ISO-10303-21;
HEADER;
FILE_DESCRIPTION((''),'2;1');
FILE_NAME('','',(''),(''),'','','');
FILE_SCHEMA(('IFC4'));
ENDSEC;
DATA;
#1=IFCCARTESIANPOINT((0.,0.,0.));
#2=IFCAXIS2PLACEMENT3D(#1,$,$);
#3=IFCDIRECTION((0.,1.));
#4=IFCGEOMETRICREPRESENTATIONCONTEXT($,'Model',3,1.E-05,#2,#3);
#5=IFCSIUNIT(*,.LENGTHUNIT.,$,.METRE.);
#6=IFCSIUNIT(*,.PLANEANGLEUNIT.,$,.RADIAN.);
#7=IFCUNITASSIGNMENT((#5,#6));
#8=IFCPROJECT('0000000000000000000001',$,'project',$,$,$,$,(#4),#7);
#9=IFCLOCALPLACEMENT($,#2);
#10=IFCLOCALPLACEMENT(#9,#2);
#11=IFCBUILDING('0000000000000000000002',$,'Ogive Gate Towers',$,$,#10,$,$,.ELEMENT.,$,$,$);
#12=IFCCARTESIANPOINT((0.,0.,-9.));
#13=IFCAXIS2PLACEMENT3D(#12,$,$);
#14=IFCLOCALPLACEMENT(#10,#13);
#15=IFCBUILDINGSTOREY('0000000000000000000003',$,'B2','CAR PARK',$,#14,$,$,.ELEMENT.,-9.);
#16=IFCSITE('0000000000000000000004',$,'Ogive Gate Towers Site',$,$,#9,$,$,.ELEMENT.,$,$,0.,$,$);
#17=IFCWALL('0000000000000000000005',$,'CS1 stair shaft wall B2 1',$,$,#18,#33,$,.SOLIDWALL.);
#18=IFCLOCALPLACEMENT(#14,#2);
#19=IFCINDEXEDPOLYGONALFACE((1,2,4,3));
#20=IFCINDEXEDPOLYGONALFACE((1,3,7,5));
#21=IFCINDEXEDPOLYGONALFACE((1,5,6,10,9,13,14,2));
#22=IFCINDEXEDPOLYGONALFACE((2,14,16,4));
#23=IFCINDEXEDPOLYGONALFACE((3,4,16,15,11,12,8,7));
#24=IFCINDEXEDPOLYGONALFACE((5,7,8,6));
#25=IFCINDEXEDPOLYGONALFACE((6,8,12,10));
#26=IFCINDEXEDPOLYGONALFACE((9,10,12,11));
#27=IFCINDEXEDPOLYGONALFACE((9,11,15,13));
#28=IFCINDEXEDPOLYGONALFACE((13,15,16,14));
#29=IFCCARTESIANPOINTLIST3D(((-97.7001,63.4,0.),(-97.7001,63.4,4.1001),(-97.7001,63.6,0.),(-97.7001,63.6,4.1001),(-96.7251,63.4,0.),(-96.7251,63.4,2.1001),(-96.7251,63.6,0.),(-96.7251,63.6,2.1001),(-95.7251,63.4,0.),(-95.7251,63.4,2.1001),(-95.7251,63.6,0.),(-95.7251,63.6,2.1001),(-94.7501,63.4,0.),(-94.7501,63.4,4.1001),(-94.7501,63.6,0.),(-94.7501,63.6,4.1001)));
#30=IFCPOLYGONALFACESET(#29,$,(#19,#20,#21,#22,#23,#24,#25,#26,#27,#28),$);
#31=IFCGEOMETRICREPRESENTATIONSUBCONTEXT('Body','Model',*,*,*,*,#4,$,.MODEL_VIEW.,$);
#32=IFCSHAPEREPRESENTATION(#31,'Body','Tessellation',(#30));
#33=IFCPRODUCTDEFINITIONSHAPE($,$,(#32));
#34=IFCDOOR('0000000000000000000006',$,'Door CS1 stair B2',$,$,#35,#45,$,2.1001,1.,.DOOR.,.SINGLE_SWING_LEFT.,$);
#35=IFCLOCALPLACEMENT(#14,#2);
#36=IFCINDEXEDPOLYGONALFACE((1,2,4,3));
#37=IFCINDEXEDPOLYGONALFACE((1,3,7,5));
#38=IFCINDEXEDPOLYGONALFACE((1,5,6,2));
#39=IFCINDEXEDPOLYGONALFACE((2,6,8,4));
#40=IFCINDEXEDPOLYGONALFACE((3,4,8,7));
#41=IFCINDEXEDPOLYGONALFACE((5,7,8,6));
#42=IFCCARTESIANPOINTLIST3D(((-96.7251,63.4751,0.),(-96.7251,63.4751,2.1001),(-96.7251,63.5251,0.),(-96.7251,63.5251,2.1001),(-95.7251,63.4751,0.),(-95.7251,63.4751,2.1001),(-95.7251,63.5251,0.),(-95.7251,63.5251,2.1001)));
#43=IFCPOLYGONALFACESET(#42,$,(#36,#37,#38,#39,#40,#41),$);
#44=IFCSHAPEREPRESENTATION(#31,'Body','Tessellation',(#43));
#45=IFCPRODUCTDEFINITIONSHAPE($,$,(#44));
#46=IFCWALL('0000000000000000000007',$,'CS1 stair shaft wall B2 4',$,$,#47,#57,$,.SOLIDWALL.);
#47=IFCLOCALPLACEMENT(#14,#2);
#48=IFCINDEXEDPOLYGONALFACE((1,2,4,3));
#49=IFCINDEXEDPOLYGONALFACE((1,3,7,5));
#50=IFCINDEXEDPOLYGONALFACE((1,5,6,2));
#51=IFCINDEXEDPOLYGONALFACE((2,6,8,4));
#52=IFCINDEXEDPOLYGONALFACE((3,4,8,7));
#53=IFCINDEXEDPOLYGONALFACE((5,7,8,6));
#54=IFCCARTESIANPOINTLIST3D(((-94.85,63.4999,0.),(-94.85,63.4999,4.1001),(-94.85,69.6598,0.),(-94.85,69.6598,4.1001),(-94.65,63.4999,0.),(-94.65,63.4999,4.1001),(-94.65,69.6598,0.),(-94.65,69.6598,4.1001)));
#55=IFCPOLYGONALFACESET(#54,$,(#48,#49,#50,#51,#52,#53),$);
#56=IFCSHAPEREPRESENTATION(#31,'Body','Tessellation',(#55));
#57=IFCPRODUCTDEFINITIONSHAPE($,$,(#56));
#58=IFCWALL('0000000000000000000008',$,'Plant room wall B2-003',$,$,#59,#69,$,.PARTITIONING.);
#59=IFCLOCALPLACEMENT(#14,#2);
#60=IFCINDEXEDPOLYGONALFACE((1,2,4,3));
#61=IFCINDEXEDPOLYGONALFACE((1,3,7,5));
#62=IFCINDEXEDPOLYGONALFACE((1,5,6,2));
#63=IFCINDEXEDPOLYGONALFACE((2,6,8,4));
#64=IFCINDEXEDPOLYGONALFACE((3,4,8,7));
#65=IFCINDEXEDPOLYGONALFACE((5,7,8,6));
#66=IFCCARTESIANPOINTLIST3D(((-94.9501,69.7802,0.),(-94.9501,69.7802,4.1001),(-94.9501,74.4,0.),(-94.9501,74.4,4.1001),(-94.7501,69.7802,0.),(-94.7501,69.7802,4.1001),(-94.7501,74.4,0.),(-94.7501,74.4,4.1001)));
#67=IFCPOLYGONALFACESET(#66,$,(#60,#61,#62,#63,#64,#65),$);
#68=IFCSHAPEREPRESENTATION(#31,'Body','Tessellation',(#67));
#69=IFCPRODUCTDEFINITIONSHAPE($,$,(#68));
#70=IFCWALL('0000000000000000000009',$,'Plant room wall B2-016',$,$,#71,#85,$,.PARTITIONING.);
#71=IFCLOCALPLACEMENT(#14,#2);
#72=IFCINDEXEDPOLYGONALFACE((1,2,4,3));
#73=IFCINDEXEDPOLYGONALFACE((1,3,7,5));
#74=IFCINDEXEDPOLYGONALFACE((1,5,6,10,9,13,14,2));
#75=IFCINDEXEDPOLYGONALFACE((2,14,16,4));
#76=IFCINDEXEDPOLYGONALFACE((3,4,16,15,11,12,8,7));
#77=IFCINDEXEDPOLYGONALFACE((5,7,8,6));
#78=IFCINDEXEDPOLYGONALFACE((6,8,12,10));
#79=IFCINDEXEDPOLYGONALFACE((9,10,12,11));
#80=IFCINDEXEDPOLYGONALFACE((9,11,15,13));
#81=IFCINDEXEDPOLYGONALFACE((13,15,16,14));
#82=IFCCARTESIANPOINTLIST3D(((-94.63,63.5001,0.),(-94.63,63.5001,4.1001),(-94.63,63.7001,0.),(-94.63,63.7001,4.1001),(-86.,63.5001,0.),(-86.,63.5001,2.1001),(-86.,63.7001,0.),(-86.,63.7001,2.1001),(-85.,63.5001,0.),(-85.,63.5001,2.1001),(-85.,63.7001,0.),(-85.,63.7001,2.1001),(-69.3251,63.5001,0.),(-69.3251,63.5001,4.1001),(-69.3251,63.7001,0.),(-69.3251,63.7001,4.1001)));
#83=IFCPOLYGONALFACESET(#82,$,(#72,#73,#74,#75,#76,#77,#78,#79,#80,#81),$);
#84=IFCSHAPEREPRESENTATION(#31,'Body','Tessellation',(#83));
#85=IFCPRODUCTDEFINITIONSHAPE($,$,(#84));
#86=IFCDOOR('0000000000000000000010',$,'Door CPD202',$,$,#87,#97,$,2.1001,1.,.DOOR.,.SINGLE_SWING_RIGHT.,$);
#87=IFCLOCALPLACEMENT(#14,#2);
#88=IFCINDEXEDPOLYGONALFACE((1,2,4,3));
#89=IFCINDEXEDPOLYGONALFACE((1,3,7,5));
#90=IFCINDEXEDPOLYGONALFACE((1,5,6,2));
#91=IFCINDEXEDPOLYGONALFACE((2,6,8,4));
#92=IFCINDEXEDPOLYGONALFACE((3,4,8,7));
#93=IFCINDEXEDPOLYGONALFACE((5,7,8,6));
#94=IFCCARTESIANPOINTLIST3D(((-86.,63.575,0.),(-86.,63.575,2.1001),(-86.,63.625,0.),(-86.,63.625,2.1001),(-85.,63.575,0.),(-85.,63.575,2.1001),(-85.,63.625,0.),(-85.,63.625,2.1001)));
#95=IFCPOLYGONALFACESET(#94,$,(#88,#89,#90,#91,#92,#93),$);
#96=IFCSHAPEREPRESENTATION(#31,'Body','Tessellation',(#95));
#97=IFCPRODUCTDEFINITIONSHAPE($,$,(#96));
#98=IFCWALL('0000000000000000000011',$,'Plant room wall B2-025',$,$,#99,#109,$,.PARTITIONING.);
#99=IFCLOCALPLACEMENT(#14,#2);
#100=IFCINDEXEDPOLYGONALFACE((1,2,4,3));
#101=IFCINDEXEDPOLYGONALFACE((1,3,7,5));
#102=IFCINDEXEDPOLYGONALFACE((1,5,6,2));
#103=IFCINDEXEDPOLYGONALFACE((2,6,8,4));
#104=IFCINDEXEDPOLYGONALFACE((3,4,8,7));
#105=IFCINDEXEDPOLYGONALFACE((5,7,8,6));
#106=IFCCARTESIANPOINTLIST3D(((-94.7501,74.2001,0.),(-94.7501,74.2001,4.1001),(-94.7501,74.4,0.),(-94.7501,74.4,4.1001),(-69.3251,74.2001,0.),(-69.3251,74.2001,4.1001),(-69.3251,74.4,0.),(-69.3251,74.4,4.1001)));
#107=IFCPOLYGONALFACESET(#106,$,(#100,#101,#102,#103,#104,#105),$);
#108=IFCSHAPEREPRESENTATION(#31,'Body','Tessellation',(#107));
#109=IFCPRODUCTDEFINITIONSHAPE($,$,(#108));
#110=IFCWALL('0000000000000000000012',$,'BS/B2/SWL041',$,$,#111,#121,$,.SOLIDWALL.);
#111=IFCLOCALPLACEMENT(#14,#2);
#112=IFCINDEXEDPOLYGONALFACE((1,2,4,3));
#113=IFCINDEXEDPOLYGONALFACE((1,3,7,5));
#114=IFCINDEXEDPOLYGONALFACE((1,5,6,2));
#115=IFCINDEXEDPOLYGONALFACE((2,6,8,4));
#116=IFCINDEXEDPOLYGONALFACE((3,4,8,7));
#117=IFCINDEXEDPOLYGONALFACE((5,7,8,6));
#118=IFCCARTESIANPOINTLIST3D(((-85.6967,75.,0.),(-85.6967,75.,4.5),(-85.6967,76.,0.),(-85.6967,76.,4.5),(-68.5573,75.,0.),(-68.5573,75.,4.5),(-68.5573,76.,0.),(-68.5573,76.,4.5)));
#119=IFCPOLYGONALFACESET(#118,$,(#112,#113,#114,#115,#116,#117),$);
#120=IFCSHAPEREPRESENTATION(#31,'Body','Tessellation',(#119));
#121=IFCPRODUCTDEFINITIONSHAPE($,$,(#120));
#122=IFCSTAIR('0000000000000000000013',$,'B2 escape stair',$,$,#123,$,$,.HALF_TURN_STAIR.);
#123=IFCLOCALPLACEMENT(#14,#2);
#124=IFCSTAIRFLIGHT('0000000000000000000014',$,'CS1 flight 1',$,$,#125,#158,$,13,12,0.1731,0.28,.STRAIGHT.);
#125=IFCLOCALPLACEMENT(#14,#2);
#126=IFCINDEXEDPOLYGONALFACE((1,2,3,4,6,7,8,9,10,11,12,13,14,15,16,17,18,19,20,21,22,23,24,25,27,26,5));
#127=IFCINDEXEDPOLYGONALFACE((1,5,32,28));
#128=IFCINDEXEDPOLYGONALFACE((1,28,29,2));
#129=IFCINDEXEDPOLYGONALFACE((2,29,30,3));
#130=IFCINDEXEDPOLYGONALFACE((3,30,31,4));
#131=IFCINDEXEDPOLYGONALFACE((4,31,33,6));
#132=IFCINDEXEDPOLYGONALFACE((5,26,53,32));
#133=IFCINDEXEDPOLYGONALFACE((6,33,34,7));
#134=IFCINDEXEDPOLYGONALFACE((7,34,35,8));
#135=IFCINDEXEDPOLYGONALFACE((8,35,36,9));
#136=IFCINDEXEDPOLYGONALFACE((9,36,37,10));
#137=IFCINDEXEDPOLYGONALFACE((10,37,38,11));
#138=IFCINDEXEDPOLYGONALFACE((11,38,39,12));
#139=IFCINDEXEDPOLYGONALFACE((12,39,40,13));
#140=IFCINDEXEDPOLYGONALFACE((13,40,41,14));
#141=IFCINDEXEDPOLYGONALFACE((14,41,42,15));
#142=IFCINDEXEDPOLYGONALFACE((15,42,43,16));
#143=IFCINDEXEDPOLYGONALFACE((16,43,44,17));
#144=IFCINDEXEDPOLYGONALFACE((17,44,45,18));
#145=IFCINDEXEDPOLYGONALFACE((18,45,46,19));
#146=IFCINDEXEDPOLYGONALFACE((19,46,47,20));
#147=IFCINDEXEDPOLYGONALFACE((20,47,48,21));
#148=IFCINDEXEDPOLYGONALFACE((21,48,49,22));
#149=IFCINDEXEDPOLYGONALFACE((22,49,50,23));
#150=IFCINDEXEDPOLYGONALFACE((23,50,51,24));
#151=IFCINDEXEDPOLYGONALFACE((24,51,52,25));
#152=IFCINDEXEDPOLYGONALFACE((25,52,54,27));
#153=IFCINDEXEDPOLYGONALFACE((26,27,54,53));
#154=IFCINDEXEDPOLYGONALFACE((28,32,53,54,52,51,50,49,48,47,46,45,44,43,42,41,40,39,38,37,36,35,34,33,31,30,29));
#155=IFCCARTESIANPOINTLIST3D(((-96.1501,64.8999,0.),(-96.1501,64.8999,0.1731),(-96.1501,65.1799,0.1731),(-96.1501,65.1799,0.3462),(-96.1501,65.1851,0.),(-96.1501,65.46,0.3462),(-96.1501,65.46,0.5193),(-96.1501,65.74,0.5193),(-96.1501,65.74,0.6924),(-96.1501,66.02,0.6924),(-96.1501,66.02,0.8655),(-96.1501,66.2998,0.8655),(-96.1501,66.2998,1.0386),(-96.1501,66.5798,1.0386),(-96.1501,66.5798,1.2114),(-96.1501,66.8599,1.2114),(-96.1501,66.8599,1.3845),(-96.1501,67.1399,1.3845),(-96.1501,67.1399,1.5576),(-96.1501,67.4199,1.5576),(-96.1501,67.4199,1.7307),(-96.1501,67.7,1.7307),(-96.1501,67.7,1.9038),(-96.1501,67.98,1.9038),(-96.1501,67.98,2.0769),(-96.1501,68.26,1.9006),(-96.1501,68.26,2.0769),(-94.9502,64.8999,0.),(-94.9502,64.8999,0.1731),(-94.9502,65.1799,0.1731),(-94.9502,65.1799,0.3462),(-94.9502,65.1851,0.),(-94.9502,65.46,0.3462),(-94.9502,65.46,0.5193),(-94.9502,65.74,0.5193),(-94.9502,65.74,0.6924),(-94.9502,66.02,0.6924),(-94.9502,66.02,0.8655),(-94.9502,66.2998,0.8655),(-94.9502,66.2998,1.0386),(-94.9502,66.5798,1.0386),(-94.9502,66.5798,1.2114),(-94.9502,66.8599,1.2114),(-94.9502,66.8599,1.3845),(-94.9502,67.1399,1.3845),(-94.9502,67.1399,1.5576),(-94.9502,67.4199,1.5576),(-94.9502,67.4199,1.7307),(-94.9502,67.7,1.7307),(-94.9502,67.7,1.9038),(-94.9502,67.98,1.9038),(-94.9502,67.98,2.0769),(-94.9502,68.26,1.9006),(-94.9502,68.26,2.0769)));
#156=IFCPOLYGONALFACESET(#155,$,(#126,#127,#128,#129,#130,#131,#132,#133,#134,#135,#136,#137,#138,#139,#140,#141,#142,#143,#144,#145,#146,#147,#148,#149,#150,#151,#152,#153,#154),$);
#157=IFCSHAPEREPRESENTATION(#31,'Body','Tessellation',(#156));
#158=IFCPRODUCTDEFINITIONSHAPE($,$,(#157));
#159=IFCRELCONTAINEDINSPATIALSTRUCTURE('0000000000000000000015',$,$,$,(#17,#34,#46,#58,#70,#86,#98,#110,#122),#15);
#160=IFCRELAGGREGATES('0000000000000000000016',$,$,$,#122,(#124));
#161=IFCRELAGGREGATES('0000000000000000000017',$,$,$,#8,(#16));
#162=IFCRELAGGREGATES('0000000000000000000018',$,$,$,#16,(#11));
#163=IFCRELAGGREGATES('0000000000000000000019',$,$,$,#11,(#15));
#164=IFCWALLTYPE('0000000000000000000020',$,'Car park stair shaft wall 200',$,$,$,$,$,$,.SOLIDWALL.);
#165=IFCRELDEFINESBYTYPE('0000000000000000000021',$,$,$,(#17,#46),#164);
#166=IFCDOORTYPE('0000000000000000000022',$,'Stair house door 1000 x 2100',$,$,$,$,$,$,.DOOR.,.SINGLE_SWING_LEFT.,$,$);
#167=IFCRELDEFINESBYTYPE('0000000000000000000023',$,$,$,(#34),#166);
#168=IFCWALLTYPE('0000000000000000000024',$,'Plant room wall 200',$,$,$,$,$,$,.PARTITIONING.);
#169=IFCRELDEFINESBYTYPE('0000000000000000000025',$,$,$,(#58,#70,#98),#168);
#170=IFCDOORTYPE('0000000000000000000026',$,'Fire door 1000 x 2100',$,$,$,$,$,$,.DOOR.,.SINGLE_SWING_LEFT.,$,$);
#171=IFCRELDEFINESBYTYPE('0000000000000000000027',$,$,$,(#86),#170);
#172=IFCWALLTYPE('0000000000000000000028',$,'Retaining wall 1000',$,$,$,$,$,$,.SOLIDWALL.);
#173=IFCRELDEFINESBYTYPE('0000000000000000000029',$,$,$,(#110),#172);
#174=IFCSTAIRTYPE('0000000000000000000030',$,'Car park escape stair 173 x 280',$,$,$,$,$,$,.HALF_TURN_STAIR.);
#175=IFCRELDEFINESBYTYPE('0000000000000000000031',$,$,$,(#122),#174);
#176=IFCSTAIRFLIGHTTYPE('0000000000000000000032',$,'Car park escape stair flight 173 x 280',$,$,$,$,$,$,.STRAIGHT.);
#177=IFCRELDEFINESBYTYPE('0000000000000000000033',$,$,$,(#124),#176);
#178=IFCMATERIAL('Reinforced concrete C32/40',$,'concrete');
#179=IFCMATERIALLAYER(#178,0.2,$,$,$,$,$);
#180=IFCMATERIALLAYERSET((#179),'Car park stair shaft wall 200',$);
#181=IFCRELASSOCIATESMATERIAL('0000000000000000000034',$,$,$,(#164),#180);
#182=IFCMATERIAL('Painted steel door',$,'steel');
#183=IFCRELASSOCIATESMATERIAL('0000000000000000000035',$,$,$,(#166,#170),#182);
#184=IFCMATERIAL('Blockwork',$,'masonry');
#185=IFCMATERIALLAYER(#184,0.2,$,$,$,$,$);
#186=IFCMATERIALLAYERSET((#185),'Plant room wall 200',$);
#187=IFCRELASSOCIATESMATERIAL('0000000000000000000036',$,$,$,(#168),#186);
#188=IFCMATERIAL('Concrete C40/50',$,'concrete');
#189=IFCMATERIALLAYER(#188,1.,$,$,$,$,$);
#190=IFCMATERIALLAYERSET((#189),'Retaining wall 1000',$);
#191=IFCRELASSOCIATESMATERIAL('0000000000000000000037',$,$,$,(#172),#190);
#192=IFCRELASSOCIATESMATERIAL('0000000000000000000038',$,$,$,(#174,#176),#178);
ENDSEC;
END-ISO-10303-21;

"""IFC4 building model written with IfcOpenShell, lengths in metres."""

from ifc_helpers import new_model, si_unit, direction, frame, frame_2d, origin, place, context, subcontext, project, spatial, polyline, rectangle, outline, extrude, material, layer, layer_set, type_object, element, fill, aggregate, save


model = new_model("IFC4")

# Units and contexts
model_context = context("Model", 3, precision=1e-05, world=origin(), true_north=direction((0.0, 1.0)))
body_context = subcontext(model_context, "Body", "Model", "MODEL_VIEW")
ifc_project = project(units=[si_unit("LENGTHUNIT", "METRE"), si_unit("PLANEANGLEUNIT", "RADIAN")], contexts=[model_context])

# Site, building, storey
site_placement = place(None, origin())
site = spatial("IfcSite", under=ifc_project, at=site_placement, Name="Ogive Gate Towers Site", CompositionType="ELEMENT", RefElevation=0.0)
building_placement = place(site_placement, origin())
building = spatial("IfcBuilding", under=site, at=building_placement, Name="Ogive Gate Towers", CompositionType="ELEMENT")
storey_placement = place(building_placement, frame((0.0, 0.0, -9.0)))
storey = spatial("IfcBuildingStorey", under=building, at=storey_placement, Name="B2", Description="CAR PARK", CompositionType="ELEMENT", Elevation=-9.0)

# Shared definitions
ifc_material_1 = material(Name="Concrete C40/50", Category="concrete")

# Wall, opening, door
ifc_material_2 = material(Name="Reinforced concrete C32/40", Category="concrete")
ifc_layer_1 = layer(ifc_material_2, 0.2)
ifc_layer_set_1 = layer_set([ifc_layer_1], Name="Car park stair shaft wall 200")
wall_type_1 = type_object("IfcWallType", Name="Car park stair shaft wall 200", PredefinedType="SOLIDWALL", material=ifc_layer_set_1)
wall_1_placement = place(storey_placement, frame((-94.75, 63.5, 0.0), z_axis=(0.0, 0.0, 1.0), x_axis=(-1.0, 0.0, 0.0)))
wall_1 = element("IfcWall", 1, at=wall_1_placement, inside=storey, type_object=wall_type_1, Name="CS1 stair shaft wall B2 1", PredefinedType="SOLIDWALL", context=body_context, shape_type="SweptSolid", body=[
    extrude(rectangle(XDim=2.95, YDim=0.2, at=frame_2d((1.4751, 0.0))), origin(), (0.0, 0.0, 1.0), 4.1001),
])
opening_1_placement = place(wall_1_placement, frame((0.9751, 0.0, 0.0)))
opening_1 = element("IfcOpeningElement", 2, at=opening_1_placement, cuts=wall_1, PredefinedType="OPENING", context=body_context, shape_type="SweptSolid", body=[
    extrude(rectangle(XDim=1.0, YDim=2.1001, at=frame_2d((0.5, 1.05))), frame((0.0, 0.1099, 0.0), z_axis=(0.0, -1.0, 0.0), x_axis=(1.0, 0.0, 0.0)), (0.0, 0.0, 1.0), 0.22),
])
ifc_material_3 = material(Name="Painted steel door", Category="steel")
door_type_1 = type_object("IfcDoorType", Name="Stair house door 1000 x 2100", OperationType="SINGLE_SWING_LEFT", PredefinedType="DOOR", material=ifc_material_3)
door_1_placement = place(opening_1_placement, origin())
door_1 = element("IfcDoor", 3, at=door_1_placement, inside=storey, type_object=door_type_1, Name="Door CS1 stair B2", OperationType="SINGLE_SWING_LEFT", OverallHeight=2.1001, OverallWidth=1.0, PredefinedType="DOOR", context=body_context, shape_type="SweptSolid", body=[
    extrude(rectangle(XDim=1.0, YDim=2.1001, at=frame_2d((0.5, 1.05))), frame((0.0, 0.0249, 0.0), z_axis=(0.0, -1.0, 0.0), x_axis=(1.0, 0.0, 0.0)), (0.0, 0.0, 1.0), 0.05),
])
fill(opening_1, door_1)

# Walls
wall_2_placement = place(storey_placement, frame((-94.75, 69.6599, 0.0), z_axis=(0.0, 0.0, 1.0), x_axis=(0.0, -1.0, 0.0)))
element("IfcWall", 4, at=wall_2_placement, inside=storey, type_object=wall_type_1, Name="CS1 stair shaft wall B2 4", PredefinedType="SOLIDWALL", context=body_context, shape_type="SweptSolid", body=[
    extrude(rectangle(XDim=6.1599, YDim=0.2, at=frame_2d((3.0801, 0.0))), origin(), (0.0, 0.0, 1.0), 4.1001),
])
ifc_material_4 = material(Name="Blockwork", Category="masonry")
ifc_layer_2 = layer(ifc_material_4, 0.2)
ifc_layer_set_2 = layer_set([ifc_layer_2], Name="Plant room wall 200")
wall_type_2 = type_object("IfcWallType", Name="Plant room wall 200", PredefinedType="PARTITIONING", material=ifc_layer_set_2)
wall_3_placement = place(storey_placement, frame((-94.8501, 69.78, 0.0), z_axis=(0.0, 0.0, 1.0), x_axis=(0.0, 1.0, 0.0)))
element("IfcWall", 5, at=wall_3_placement, inside=storey, type_object=wall_type_2, Name="Plant room wall B2-003", PredefinedType="PARTITIONING", context=body_context, shape_type="SweptSolid", body=[
    extrude(rectangle(XDim=4.6199, YDim=0.2, at=frame_2d((2.3101, 0.0))), origin(), (0.0, 0.0, 1.0), 4.1001),
])

# Wall, opening, door
wall_4_placement = place(storey_placement, frame((-94.6299, 63.6001, 0.0), z_axis=(0.0, 0.0, 1.0), x_axis=(1.0, 0.0, 0.0)))
wall_4 = element("IfcWall", 6, at=wall_4_placement, inside=storey, type_object=wall_type_2, Name="Plant room wall B2-016", PredefinedType="PARTITIONING", context=body_context, shape_type="SweptSolid", body=[
    extrude(rectangle(XDim=25.3049, YDim=0.2, at=frame_2d((12.6523, 0.0))), origin(), (0.0, 0.0, 1.0), 4.1001),
])
opening_2_placement = place(wall_4_placement, frame((8.6299, 0.0, 0.0)))
opening_2 = element("IfcOpeningElement", 7, at=opening_2_placement, cuts=wall_4, PredefinedType="OPENING", context=body_context, shape_type="SweptSolid", body=[
    extrude(rectangle(XDim=1.0, YDim=2.1001, at=frame_2d((0.5, 1.05))), frame((0.0, 0.1099, 0.0), z_axis=(0.0, -1.0, 0.0), x_axis=(1.0, 0.0, 0.0)), (0.0, 0.0, 1.0), 0.22),
])
door_type_2 = type_object("IfcDoorType", Name="Fire door 1000 x 2100", OperationType="SINGLE_SWING_LEFT", PredefinedType="DOOR", material=ifc_material_3)
door_2_placement = place(opening_2_placement, origin())
door_2 = element("IfcDoor", 8, at=door_2_placement, inside=storey, type_object=door_type_2, Name="Door CPD202", OperationType="SINGLE_SWING_RIGHT", OverallHeight=2.1001, OverallWidth=1.0, PredefinedType="DOOR", context=body_context, shape_type="SweptSolid", body=[
    extrude(rectangle(XDim=1.0, YDim=2.1001, at=frame_2d((0.5, 1.05))), frame((0.0, 0.0249, 0.0), z_axis=(0.0, -1.0, 0.0), x_axis=(1.0, 0.0, 0.0)), (0.0, 0.0, 1.0), 0.05),
])
fill(opening_2, door_2)

# Walls
wall_5_placement = place(storey_placement, frame((-94.75, 74.3, 0.0), z_axis=(0.0, 0.0, 1.0), x_axis=(1.0, 0.0, 0.0)))
element("IfcWall", 9, at=wall_5_placement, inside=storey, type_object=wall_type_2, Name="Plant room wall B2-025", PredefinedType="PARTITIONING", context=body_context, shape_type="SweptSolid", body=[
    extrude(rectangle(XDim=25.425, YDim=0.2, at=frame_2d((12.7124, 0.0))), origin(), (0.0, 0.0, 1.0), 4.1001),
])
ifc_layer_3 = layer(ifc_material_1, 1.0)
ifc_layer_set_3 = layer_set([ifc_layer_3], Name="Retaining wall 1000")
wall_type_3 = type_object("IfcWallType", Name="Retaining wall 1000", PredefinedType="SOLIDWALL", material=ifc_layer_set_3)
wall_6_placement = place(storey_placement, frame((-85.6968, 75.5, 0.0), z_axis=(0.0, 0.0, 1.0), x_axis=(1.0, 0.0, 0.0)))
element("IfcWall", 10, at=wall_6_placement, inside=storey, type_object=wall_type_3, Name="BS/B2/SWL041", PredefinedType="SOLIDWALL", context=body_context, shape_type="SweptSolid", body=[
    extrude(rectangle(XDim=17.1394, YDim=1.0, at=frame_2d((8.5698, 0.0))), origin(), (0.0, 0.0, 1.0), 4.5),
])

# Stair, stair flight
stair_type = type_object("IfcStairType", Name="Car park escape stair 173 x 280", PredefinedType="HALF_TURN_STAIR", material=ifc_material_2)
stair_placement = place(storey_placement, origin())
stair = element("IfcStair", 11, at=stair_placement, inside=storey, type_object=stair_type, Name="B2 escape stair", PredefinedType="HALF_TURN_STAIR")
stair_flight_type = type_object("IfcStairFlightType", Name="Car park escape stair flight 173 x 280", PredefinedType="STRAIGHT", material=ifc_material_2)
stair_flight_placement = place(storey_placement, frame((-95.55, 64.8999, 0.0), z_axis=(0.0, 0.0, 1.0), x_axis=(0.0, 1.0, 0.0)))
stair_flight = element("IfcStairFlight", 12, at=stair_flight_placement, type_object=stair_flight_type, Name="CS1 flight 1", NumberOfRisers=13, NumberOfTreads=12, PredefinedType="STRAIGHT", RiserHeight=0.1731, TreadLength=0.28, context=body_context, shape_type="SweptSolid", body=[
    extrude(outline(polyline([(0.0, 0.0), (0.0, 0.1731), (0.28, 0.1731), (0.28, 0.3462), (0.5601, 0.3462), (0.5601, 0.5193), (0.8401, 0.5193), (0.8401, 0.6924), (1.1201, 0.6924), (1.1201, 0.8655), (1.3999, 0.8655), (1.3999, 1.0386), (1.6799, 1.0386), (1.6799, 1.2114), (1.96, 1.2114), (1.96, 1.3845), (2.24, 1.3845), (2.24, 1.5576), (2.52, 1.5576), (2.52, 1.7307), (2.8, 1.7307), (2.8, 1.9038), (3.0801, 1.9038), (3.0801, 2.0769), (3.3601, 2.0769), (3.3601, 2.25), (3.3601, 1.9006), (0.2852, 0.0), (0.0, 0.0)])), frame((0.0, 0.6001, 0.0), z_axis=(0.0, -1.0, 0.0), x_axis=(1.0, 0.0, 0.0)), (0.0, 0.0, 1.0), 1.2),
])
aggregate(stair, [stair_flight])

save(model, "model.ifc")
